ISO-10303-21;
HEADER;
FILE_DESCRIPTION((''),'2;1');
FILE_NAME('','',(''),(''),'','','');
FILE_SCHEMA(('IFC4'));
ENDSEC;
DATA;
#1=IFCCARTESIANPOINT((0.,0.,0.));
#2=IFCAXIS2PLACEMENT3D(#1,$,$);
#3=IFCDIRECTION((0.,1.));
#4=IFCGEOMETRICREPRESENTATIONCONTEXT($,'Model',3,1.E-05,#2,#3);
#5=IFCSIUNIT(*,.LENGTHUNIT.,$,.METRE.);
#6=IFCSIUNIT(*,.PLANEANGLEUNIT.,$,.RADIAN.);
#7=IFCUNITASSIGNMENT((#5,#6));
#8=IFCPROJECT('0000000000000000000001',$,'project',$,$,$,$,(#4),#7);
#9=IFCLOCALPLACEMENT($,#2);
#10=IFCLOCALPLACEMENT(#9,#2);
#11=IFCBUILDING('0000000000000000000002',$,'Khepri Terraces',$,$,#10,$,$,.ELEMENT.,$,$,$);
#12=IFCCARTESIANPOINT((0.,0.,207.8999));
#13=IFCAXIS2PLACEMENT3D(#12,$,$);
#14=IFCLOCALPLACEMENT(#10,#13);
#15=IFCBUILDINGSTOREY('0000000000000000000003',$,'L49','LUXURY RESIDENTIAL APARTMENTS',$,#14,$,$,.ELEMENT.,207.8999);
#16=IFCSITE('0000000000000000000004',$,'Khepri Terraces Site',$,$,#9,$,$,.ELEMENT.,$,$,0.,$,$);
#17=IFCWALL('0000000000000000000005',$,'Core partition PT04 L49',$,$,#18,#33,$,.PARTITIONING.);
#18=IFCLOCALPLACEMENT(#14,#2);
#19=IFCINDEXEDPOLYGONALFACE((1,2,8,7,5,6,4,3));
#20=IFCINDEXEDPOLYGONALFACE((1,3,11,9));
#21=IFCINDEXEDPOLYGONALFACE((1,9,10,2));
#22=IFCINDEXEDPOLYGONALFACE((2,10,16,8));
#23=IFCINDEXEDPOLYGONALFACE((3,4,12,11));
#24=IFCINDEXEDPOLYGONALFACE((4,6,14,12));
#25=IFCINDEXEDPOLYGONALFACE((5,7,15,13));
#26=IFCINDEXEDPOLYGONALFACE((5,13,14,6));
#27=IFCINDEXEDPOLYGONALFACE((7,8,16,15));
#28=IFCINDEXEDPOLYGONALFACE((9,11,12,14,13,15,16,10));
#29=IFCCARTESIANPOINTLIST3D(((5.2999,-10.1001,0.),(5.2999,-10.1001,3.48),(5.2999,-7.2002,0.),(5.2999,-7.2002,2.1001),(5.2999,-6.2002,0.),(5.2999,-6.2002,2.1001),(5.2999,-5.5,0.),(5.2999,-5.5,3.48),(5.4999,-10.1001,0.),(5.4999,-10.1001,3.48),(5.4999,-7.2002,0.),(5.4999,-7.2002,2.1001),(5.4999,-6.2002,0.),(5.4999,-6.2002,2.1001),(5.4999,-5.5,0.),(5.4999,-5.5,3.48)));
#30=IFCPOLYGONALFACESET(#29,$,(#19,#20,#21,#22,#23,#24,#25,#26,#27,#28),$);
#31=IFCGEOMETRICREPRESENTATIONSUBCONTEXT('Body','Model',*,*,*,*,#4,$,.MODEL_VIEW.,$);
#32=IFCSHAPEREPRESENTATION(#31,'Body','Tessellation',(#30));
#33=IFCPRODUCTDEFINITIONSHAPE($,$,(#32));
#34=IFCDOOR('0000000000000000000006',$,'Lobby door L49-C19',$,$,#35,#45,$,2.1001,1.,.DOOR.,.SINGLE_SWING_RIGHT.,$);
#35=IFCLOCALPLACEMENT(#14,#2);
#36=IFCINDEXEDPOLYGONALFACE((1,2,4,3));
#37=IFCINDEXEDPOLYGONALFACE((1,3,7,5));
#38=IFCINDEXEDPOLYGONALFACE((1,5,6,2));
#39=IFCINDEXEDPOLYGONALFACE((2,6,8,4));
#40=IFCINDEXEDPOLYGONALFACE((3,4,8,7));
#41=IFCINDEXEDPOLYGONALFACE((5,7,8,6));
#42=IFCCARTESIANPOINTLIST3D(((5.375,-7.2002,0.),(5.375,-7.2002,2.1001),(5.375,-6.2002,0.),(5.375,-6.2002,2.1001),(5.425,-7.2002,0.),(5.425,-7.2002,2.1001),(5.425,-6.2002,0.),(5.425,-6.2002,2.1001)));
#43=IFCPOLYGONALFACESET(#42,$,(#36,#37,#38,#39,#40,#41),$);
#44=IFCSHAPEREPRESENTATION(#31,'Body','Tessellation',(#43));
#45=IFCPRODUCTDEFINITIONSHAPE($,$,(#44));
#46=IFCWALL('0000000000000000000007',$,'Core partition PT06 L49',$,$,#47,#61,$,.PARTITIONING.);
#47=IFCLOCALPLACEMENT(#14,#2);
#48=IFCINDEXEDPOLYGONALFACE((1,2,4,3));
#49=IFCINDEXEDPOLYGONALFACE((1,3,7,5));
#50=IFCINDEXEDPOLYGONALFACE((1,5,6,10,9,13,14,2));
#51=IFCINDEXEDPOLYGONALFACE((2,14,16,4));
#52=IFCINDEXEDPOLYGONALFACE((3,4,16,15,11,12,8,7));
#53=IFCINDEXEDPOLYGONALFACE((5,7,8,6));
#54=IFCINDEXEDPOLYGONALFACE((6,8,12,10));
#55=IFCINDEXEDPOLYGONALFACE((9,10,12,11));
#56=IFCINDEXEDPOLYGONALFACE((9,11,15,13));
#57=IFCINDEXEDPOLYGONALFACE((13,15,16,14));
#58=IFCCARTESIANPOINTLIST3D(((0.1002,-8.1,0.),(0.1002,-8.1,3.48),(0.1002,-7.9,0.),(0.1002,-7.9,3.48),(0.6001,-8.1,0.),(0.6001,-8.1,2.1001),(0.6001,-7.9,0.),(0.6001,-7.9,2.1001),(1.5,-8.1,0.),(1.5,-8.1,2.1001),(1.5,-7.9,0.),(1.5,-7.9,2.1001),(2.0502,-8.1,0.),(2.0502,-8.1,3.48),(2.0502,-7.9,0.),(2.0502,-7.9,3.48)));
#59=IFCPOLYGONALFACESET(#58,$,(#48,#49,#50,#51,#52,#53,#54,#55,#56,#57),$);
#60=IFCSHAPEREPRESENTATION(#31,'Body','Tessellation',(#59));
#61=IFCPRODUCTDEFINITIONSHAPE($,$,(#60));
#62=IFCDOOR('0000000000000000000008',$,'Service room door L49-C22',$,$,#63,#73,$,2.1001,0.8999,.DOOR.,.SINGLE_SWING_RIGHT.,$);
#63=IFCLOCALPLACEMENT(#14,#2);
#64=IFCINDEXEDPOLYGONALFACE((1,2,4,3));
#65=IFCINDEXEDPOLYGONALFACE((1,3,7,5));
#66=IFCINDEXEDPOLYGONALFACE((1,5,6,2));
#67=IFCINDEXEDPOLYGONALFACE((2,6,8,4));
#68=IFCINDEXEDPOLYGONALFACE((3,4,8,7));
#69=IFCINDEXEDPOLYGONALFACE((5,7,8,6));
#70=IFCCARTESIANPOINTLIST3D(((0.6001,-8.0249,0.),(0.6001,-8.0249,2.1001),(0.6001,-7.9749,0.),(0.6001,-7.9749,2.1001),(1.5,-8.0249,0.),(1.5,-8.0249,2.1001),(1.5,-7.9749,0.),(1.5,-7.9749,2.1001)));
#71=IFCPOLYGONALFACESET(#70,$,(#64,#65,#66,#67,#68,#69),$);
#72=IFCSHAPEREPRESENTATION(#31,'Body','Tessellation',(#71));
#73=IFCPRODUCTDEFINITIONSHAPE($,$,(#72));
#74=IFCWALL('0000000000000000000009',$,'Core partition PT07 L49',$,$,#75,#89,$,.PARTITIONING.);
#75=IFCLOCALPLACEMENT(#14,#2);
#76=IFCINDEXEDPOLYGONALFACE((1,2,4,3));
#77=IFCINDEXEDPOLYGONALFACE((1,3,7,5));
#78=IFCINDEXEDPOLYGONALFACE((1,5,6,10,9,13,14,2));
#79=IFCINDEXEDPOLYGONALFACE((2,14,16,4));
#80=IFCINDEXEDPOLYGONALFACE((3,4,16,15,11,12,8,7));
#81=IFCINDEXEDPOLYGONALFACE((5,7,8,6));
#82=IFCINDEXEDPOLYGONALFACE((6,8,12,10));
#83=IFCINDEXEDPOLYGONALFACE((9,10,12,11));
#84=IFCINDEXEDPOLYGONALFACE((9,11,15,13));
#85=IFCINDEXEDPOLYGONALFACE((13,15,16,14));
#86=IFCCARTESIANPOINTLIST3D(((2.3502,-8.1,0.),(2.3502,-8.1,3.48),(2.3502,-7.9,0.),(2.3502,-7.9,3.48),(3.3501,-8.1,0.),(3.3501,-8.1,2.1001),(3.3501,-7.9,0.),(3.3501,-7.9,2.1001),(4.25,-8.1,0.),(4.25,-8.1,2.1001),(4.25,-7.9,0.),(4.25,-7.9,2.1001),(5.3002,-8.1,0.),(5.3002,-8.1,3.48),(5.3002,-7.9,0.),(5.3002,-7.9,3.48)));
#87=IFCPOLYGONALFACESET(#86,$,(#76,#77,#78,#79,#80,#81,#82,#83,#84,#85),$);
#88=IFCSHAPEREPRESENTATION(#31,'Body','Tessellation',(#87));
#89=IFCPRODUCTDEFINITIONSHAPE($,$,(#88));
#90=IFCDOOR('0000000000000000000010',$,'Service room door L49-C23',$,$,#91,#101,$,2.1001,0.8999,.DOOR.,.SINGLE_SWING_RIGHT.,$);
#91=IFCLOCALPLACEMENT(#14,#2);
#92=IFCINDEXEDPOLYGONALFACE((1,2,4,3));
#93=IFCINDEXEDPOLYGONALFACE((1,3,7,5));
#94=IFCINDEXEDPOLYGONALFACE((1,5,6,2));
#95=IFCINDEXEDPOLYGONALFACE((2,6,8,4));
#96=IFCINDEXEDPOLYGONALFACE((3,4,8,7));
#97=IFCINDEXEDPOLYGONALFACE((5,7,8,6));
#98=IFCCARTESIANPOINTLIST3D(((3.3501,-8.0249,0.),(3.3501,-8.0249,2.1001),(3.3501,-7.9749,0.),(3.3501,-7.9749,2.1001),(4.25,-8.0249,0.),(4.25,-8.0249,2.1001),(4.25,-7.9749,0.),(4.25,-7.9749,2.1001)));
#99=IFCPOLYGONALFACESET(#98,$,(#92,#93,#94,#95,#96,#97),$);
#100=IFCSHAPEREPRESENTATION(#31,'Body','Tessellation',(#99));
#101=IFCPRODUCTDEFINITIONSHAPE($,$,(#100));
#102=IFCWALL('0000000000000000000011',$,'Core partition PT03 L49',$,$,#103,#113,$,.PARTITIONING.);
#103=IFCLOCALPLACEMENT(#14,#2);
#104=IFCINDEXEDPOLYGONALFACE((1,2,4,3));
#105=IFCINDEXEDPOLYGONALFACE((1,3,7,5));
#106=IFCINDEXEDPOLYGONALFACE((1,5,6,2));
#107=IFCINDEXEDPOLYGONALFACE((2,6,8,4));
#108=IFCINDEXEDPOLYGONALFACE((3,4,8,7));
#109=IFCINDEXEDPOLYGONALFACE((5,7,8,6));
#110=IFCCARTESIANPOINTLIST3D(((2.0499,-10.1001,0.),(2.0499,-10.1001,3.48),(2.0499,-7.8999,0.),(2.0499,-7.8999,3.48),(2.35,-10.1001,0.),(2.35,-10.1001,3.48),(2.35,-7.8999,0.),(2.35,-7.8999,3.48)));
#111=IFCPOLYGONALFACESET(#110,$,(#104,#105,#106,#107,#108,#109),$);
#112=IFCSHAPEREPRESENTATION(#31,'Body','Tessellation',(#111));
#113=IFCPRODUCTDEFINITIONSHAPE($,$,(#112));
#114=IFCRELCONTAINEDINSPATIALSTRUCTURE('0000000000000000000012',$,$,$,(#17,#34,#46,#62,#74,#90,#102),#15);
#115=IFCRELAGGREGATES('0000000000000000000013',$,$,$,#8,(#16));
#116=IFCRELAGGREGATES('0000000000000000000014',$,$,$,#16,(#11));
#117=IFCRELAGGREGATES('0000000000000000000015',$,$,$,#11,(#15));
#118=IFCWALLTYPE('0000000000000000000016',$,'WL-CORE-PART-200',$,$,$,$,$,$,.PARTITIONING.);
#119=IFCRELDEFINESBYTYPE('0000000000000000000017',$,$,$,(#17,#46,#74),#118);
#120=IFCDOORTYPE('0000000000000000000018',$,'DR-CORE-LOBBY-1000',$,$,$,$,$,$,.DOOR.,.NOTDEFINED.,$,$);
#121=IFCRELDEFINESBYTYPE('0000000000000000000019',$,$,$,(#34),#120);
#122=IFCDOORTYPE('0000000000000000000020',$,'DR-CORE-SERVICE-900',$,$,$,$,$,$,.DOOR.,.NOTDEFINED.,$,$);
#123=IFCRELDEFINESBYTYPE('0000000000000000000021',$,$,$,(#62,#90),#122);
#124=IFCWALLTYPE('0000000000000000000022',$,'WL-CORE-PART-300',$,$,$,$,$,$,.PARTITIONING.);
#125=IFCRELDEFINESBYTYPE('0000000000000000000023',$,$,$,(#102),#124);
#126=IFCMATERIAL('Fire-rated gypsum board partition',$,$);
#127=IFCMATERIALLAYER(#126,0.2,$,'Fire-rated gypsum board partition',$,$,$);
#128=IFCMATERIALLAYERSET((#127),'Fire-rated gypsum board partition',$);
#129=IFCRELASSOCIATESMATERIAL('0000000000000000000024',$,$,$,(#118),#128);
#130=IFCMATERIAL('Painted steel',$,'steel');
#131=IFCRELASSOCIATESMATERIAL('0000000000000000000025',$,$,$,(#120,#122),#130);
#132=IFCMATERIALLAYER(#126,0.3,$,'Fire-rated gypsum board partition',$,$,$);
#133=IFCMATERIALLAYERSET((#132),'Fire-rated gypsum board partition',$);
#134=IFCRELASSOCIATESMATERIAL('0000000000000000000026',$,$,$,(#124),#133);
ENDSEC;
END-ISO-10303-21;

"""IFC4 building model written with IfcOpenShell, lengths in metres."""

from ifc_helpers import new_model, si_unit, direction, frame, frame_2d, origin, place, context, subcontext, project, spatial, rectangle, extrude, material, layer, layer_set, type_object, element, fill, save


model = new_model("IFC4")

# Units and contexts
model_context = context("Model", 3, precision=1e-05, world=origin(), true_north=direction((0.0, 1.0)))
body_context = subcontext(model_context, "Body", "Model", "MODEL_VIEW")
ifc_project = project(units=[si_unit("LENGTHUNIT", "METRE"), si_unit("PLANEANGLEUNIT", "RADIAN")], contexts=[model_context])

# Site, building, storey
site_placement = place(None, origin())
site = spatial("IfcSite", under=ifc_project, at=site_placement, Name="Khepri Terraces Site", CompositionType="ELEMENT", RefElevation=0.0)
building_placement = place(site_placement, origin())
building = spatial("IfcBuilding", under=site, at=building_placement, Name="Khepri Terraces", CompositionType="ELEMENT")
storey_placement = place(building_placement, frame((0.0, 0.0, 207.8999)))
storey = spatial("IfcBuildingStorey", under=building, at=storey_placement, Name="L49", Description="LUXURY RESIDENTIAL APARTMENTS", CompositionType="ELEMENT", Elevation=207.8999)

# Walls, openings, doors
ifc_material_1 = material(Name="Fire-rated gypsum board partition")
ifc_layer_1 = layer(ifc_material_1, 0.2, Name="Fire-rated gypsum board partition")
ifc_layer_set_1 = layer_set([ifc_layer_1], Name="Fire-rated gypsum board partition")
wall_type_1 = type_object("IfcWallType", Name="WL-CORE-PART-200", PredefinedType="PARTITIONING", material=ifc_layer_set_1)
wall_1_placement = place(storey_placement, frame((5.3999, -10.1001, 0.0), z_axis=(0.0, 0.0, 1.0), x_axis=(0.0, 1.0, 0.0)))
wall_1 = element("IfcWall", 1, at=wall_1_placement, inside=storey, type_object=wall_type_1, Name="Core partition PT04 L49", PredefinedType="PARTITIONING", context=body_context, shape_type="SweptSolid", body=[
    extrude(rectangle(XDim=4.6001, YDim=0.2, at=frame_2d((2.3, 0.0))), origin(), (0.0, 0.0, 1.0), 3.48),
])
opening_1_placement = place(wall_1_placement, frame((2.8999, 0.0, 0.0)))
opening_1 = element("IfcOpeningElement", 2, at=opening_1_placement, cuts=wall_1, PredefinedType="OPENING", context=body_context, shape_type="SweptSolid", body=[
    extrude(rectangle(XDim=1.0, YDim=2.1001, at=frame_2d((0.5, 1.05))), frame((0.0, 0.1099, 0.0), z_axis=(0.0, -1.0, 0.0), x_axis=(1.0, 0.0, 0.0)), (0.0, 0.0, 1.0), 0.22),
])
ifc_material_2 = material(Name="Painted steel", Category="steel")
door_type_1 = type_object("IfcDoorType", Name="DR-CORE-LOBBY-1000", OperationType="NOTDEFINED", PredefinedType="DOOR", material=ifc_material_2)
door_1_placement = place(opening_1_placement, origin())
door_1 = element("IfcDoor", 3, at=door_1_placement, inside=storey, type_object=door_type_1, Name="Lobby door L49-C19", OperationType="SINGLE_SWING_RIGHT", OverallHeight=2.1001, OverallWidth=1.0, PredefinedType="DOOR", context=body_context, shape_type="SweptSolid", body=[
    extrude(rectangle(XDim=1.0, YDim=2.1001, at=frame_2d((0.5, 1.05))), frame((0.0, 0.0249, 0.0), z_axis=(0.0, -1.0, 0.0), x_axis=(1.0, 0.0, 0.0)), (0.0, 0.0, 1.0), 0.05),
])
fill(opening_1, door_1)
wall_2_placement = place(storey_placement, frame((0.1001, -8.0, 0.0), z_axis=(0.0, 0.0, 1.0), x_axis=(1.0, 0.0, 0.0)))
wall_2 = element("IfcWall", 4, at=wall_2_placement, inside=storey, type_object=wall_type_1, Name="Core partition PT06 L49", PredefinedType="PARTITIONING", context=body_context, shape_type="SweptSolid", body=[
    extrude(rectangle(XDim=1.95, YDim=0.2, at=frame_2d((0.9751, 0.0))), origin(), (0.0, 0.0, 1.0), 3.48),
])
opening_2_placement = place(wall_2_placement, frame((0.5, 0.0, 0.0)))
opening_2 = element("IfcOpeningElement", 5, at=opening_2_placement, cuts=wall_2, PredefinedType="OPENING", context=body_context, shape_type="SweptSolid", body=[
    extrude(rectangle(XDim=0.8999, YDim=2.1001, at=frame_2d((0.45, 1.05))), frame((0.0, 0.1099, 0.0), z_axis=(0.0, -1.0, 0.0), x_axis=(1.0, 0.0, 0.0)), (0.0, 0.0, 1.0), 0.22),
])
door_type_2 = type_object("IfcDoorType", Name="DR-CORE-SERVICE-900", OperationType="NOTDEFINED", PredefinedType="DOOR", material=ifc_material_2)
door_2_placement = place(opening_2_placement, frame((0.8999, 0.0, 0.0), z_axis=(0.0, 0.0, 1.0), x_axis=(-1.0, 0.0, 0.0)))
door_2 = element("IfcDoor", 6, at=door_2_placement, inside=storey, type_object=door_type_2, Name="Service room door L49-C22", OperationType="SINGLE_SWING_RIGHT", OverallHeight=2.1001, OverallWidth=0.8999, PredefinedType="DOOR", context=body_context, shape_type="SweptSolid", body=[
    extrude(rectangle(XDim=0.8999, YDim=2.1001, at=frame_2d((0.45, 1.05))), frame((0.0, 0.0249, 0.0), z_axis=(0.0, -1.0, 0.0), x_axis=(1.0, 0.0, 0.0)), (0.0, 0.0, 1.0), 0.05),
])
fill(opening_2, door_2)
wall_3_placement = place(storey_placement, frame((2.3501, -8.0, 0.0), z_axis=(0.0, 0.0, 1.0), x_axis=(1.0, 0.0, 0.0)))
wall_3 = element("IfcWall", 7, at=wall_3_placement, inside=storey, type_object=wall_type_1, Name="Core partition PT07 L49", PredefinedType="PARTITIONING", context=body_context, shape_type="SweptSolid", body=[
    extrude(rectangle(XDim=2.95, YDim=0.2, at=frame_2d((1.4751, 0.0))), origin(), (0.0, 0.0, 1.0), 3.48),
])
opening_3_placement = place(wall_3_placement, frame((1.0, 0.0, 0.0)))
opening_3 = element("IfcOpeningElement", 8, at=opening_3_placement, cuts=wall_3, PredefinedType="OPENING", context=body_context, shape_type="SweptSolid", body=[
    extrude(rectangle(XDim=0.8999, YDim=2.1001, at=frame_2d((0.45, 1.05))), frame((0.0, 0.1099, 0.0), z_axis=(0.0, -1.0, 0.0), x_axis=(1.0, 0.0, 0.0)), (0.0, 0.0, 1.0), 0.22),
])
door_3_placement = place(opening_3_placement, frame((0.8999, 0.0, 0.0), z_axis=(0.0, 0.0, 1.0), x_axis=(-1.0, 0.0, 0.0)))
door_3 = element("IfcDoor", 9, at=door_3_placement, inside=storey, type_object=door_type_2, Name="Service room door L49-C23", OperationType="SINGLE_SWING_RIGHT", OverallHeight=2.1001, OverallWidth=0.8999, PredefinedType="DOOR", context=body_context, shape_type="SweptSolid", body=[
    extrude(rectangle(XDim=0.8999, YDim=2.1001, at=frame_2d((0.45, 1.05))), frame((0.0, 0.0249, 0.0), z_axis=(0.0, -1.0, 0.0), x_axis=(1.0, 0.0, 0.0)), (0.0, 0.0, 1.0), 0.05),
])
fill(opening_3, door_3)

# Wall
ifc_layer_2 = layer(ifc_material_1, 0.3, Name="Fire-rated gypsum board partition")
ifc_layer_set_2 = layer_set([ifc_layer_2], Name="Fire-rated gypsum board partition")
wall_type_2 = type_object("IfcWallType", Name="WL-CORE-PART-300", PredefinedType="PARTITIONING", material=ifc_layer_set_2)
wall_4_placement = place(storey_placement, frame((2.2, -10.1001, 0.0), z_axis=(0.0, 0.0, 1.0), x_axis=(0.0, 1.0, 0.0)))
element("IfcWall", 10, at=wall_4_placement, inside=storey, type_object=wall_type_2, Name="Core partition PT03 L49", PredefinedType="PARTITIONING", context=body_context, shape_type="SweptSolid", body=[
    extrude(rectangle(XDim=2.2002, YDim=0.3, at=frame_2d((1.1001, 0.0))), origin(), (0.0, 0.0, 1.0), 3.48),
])

save(model, "model.ifc")
